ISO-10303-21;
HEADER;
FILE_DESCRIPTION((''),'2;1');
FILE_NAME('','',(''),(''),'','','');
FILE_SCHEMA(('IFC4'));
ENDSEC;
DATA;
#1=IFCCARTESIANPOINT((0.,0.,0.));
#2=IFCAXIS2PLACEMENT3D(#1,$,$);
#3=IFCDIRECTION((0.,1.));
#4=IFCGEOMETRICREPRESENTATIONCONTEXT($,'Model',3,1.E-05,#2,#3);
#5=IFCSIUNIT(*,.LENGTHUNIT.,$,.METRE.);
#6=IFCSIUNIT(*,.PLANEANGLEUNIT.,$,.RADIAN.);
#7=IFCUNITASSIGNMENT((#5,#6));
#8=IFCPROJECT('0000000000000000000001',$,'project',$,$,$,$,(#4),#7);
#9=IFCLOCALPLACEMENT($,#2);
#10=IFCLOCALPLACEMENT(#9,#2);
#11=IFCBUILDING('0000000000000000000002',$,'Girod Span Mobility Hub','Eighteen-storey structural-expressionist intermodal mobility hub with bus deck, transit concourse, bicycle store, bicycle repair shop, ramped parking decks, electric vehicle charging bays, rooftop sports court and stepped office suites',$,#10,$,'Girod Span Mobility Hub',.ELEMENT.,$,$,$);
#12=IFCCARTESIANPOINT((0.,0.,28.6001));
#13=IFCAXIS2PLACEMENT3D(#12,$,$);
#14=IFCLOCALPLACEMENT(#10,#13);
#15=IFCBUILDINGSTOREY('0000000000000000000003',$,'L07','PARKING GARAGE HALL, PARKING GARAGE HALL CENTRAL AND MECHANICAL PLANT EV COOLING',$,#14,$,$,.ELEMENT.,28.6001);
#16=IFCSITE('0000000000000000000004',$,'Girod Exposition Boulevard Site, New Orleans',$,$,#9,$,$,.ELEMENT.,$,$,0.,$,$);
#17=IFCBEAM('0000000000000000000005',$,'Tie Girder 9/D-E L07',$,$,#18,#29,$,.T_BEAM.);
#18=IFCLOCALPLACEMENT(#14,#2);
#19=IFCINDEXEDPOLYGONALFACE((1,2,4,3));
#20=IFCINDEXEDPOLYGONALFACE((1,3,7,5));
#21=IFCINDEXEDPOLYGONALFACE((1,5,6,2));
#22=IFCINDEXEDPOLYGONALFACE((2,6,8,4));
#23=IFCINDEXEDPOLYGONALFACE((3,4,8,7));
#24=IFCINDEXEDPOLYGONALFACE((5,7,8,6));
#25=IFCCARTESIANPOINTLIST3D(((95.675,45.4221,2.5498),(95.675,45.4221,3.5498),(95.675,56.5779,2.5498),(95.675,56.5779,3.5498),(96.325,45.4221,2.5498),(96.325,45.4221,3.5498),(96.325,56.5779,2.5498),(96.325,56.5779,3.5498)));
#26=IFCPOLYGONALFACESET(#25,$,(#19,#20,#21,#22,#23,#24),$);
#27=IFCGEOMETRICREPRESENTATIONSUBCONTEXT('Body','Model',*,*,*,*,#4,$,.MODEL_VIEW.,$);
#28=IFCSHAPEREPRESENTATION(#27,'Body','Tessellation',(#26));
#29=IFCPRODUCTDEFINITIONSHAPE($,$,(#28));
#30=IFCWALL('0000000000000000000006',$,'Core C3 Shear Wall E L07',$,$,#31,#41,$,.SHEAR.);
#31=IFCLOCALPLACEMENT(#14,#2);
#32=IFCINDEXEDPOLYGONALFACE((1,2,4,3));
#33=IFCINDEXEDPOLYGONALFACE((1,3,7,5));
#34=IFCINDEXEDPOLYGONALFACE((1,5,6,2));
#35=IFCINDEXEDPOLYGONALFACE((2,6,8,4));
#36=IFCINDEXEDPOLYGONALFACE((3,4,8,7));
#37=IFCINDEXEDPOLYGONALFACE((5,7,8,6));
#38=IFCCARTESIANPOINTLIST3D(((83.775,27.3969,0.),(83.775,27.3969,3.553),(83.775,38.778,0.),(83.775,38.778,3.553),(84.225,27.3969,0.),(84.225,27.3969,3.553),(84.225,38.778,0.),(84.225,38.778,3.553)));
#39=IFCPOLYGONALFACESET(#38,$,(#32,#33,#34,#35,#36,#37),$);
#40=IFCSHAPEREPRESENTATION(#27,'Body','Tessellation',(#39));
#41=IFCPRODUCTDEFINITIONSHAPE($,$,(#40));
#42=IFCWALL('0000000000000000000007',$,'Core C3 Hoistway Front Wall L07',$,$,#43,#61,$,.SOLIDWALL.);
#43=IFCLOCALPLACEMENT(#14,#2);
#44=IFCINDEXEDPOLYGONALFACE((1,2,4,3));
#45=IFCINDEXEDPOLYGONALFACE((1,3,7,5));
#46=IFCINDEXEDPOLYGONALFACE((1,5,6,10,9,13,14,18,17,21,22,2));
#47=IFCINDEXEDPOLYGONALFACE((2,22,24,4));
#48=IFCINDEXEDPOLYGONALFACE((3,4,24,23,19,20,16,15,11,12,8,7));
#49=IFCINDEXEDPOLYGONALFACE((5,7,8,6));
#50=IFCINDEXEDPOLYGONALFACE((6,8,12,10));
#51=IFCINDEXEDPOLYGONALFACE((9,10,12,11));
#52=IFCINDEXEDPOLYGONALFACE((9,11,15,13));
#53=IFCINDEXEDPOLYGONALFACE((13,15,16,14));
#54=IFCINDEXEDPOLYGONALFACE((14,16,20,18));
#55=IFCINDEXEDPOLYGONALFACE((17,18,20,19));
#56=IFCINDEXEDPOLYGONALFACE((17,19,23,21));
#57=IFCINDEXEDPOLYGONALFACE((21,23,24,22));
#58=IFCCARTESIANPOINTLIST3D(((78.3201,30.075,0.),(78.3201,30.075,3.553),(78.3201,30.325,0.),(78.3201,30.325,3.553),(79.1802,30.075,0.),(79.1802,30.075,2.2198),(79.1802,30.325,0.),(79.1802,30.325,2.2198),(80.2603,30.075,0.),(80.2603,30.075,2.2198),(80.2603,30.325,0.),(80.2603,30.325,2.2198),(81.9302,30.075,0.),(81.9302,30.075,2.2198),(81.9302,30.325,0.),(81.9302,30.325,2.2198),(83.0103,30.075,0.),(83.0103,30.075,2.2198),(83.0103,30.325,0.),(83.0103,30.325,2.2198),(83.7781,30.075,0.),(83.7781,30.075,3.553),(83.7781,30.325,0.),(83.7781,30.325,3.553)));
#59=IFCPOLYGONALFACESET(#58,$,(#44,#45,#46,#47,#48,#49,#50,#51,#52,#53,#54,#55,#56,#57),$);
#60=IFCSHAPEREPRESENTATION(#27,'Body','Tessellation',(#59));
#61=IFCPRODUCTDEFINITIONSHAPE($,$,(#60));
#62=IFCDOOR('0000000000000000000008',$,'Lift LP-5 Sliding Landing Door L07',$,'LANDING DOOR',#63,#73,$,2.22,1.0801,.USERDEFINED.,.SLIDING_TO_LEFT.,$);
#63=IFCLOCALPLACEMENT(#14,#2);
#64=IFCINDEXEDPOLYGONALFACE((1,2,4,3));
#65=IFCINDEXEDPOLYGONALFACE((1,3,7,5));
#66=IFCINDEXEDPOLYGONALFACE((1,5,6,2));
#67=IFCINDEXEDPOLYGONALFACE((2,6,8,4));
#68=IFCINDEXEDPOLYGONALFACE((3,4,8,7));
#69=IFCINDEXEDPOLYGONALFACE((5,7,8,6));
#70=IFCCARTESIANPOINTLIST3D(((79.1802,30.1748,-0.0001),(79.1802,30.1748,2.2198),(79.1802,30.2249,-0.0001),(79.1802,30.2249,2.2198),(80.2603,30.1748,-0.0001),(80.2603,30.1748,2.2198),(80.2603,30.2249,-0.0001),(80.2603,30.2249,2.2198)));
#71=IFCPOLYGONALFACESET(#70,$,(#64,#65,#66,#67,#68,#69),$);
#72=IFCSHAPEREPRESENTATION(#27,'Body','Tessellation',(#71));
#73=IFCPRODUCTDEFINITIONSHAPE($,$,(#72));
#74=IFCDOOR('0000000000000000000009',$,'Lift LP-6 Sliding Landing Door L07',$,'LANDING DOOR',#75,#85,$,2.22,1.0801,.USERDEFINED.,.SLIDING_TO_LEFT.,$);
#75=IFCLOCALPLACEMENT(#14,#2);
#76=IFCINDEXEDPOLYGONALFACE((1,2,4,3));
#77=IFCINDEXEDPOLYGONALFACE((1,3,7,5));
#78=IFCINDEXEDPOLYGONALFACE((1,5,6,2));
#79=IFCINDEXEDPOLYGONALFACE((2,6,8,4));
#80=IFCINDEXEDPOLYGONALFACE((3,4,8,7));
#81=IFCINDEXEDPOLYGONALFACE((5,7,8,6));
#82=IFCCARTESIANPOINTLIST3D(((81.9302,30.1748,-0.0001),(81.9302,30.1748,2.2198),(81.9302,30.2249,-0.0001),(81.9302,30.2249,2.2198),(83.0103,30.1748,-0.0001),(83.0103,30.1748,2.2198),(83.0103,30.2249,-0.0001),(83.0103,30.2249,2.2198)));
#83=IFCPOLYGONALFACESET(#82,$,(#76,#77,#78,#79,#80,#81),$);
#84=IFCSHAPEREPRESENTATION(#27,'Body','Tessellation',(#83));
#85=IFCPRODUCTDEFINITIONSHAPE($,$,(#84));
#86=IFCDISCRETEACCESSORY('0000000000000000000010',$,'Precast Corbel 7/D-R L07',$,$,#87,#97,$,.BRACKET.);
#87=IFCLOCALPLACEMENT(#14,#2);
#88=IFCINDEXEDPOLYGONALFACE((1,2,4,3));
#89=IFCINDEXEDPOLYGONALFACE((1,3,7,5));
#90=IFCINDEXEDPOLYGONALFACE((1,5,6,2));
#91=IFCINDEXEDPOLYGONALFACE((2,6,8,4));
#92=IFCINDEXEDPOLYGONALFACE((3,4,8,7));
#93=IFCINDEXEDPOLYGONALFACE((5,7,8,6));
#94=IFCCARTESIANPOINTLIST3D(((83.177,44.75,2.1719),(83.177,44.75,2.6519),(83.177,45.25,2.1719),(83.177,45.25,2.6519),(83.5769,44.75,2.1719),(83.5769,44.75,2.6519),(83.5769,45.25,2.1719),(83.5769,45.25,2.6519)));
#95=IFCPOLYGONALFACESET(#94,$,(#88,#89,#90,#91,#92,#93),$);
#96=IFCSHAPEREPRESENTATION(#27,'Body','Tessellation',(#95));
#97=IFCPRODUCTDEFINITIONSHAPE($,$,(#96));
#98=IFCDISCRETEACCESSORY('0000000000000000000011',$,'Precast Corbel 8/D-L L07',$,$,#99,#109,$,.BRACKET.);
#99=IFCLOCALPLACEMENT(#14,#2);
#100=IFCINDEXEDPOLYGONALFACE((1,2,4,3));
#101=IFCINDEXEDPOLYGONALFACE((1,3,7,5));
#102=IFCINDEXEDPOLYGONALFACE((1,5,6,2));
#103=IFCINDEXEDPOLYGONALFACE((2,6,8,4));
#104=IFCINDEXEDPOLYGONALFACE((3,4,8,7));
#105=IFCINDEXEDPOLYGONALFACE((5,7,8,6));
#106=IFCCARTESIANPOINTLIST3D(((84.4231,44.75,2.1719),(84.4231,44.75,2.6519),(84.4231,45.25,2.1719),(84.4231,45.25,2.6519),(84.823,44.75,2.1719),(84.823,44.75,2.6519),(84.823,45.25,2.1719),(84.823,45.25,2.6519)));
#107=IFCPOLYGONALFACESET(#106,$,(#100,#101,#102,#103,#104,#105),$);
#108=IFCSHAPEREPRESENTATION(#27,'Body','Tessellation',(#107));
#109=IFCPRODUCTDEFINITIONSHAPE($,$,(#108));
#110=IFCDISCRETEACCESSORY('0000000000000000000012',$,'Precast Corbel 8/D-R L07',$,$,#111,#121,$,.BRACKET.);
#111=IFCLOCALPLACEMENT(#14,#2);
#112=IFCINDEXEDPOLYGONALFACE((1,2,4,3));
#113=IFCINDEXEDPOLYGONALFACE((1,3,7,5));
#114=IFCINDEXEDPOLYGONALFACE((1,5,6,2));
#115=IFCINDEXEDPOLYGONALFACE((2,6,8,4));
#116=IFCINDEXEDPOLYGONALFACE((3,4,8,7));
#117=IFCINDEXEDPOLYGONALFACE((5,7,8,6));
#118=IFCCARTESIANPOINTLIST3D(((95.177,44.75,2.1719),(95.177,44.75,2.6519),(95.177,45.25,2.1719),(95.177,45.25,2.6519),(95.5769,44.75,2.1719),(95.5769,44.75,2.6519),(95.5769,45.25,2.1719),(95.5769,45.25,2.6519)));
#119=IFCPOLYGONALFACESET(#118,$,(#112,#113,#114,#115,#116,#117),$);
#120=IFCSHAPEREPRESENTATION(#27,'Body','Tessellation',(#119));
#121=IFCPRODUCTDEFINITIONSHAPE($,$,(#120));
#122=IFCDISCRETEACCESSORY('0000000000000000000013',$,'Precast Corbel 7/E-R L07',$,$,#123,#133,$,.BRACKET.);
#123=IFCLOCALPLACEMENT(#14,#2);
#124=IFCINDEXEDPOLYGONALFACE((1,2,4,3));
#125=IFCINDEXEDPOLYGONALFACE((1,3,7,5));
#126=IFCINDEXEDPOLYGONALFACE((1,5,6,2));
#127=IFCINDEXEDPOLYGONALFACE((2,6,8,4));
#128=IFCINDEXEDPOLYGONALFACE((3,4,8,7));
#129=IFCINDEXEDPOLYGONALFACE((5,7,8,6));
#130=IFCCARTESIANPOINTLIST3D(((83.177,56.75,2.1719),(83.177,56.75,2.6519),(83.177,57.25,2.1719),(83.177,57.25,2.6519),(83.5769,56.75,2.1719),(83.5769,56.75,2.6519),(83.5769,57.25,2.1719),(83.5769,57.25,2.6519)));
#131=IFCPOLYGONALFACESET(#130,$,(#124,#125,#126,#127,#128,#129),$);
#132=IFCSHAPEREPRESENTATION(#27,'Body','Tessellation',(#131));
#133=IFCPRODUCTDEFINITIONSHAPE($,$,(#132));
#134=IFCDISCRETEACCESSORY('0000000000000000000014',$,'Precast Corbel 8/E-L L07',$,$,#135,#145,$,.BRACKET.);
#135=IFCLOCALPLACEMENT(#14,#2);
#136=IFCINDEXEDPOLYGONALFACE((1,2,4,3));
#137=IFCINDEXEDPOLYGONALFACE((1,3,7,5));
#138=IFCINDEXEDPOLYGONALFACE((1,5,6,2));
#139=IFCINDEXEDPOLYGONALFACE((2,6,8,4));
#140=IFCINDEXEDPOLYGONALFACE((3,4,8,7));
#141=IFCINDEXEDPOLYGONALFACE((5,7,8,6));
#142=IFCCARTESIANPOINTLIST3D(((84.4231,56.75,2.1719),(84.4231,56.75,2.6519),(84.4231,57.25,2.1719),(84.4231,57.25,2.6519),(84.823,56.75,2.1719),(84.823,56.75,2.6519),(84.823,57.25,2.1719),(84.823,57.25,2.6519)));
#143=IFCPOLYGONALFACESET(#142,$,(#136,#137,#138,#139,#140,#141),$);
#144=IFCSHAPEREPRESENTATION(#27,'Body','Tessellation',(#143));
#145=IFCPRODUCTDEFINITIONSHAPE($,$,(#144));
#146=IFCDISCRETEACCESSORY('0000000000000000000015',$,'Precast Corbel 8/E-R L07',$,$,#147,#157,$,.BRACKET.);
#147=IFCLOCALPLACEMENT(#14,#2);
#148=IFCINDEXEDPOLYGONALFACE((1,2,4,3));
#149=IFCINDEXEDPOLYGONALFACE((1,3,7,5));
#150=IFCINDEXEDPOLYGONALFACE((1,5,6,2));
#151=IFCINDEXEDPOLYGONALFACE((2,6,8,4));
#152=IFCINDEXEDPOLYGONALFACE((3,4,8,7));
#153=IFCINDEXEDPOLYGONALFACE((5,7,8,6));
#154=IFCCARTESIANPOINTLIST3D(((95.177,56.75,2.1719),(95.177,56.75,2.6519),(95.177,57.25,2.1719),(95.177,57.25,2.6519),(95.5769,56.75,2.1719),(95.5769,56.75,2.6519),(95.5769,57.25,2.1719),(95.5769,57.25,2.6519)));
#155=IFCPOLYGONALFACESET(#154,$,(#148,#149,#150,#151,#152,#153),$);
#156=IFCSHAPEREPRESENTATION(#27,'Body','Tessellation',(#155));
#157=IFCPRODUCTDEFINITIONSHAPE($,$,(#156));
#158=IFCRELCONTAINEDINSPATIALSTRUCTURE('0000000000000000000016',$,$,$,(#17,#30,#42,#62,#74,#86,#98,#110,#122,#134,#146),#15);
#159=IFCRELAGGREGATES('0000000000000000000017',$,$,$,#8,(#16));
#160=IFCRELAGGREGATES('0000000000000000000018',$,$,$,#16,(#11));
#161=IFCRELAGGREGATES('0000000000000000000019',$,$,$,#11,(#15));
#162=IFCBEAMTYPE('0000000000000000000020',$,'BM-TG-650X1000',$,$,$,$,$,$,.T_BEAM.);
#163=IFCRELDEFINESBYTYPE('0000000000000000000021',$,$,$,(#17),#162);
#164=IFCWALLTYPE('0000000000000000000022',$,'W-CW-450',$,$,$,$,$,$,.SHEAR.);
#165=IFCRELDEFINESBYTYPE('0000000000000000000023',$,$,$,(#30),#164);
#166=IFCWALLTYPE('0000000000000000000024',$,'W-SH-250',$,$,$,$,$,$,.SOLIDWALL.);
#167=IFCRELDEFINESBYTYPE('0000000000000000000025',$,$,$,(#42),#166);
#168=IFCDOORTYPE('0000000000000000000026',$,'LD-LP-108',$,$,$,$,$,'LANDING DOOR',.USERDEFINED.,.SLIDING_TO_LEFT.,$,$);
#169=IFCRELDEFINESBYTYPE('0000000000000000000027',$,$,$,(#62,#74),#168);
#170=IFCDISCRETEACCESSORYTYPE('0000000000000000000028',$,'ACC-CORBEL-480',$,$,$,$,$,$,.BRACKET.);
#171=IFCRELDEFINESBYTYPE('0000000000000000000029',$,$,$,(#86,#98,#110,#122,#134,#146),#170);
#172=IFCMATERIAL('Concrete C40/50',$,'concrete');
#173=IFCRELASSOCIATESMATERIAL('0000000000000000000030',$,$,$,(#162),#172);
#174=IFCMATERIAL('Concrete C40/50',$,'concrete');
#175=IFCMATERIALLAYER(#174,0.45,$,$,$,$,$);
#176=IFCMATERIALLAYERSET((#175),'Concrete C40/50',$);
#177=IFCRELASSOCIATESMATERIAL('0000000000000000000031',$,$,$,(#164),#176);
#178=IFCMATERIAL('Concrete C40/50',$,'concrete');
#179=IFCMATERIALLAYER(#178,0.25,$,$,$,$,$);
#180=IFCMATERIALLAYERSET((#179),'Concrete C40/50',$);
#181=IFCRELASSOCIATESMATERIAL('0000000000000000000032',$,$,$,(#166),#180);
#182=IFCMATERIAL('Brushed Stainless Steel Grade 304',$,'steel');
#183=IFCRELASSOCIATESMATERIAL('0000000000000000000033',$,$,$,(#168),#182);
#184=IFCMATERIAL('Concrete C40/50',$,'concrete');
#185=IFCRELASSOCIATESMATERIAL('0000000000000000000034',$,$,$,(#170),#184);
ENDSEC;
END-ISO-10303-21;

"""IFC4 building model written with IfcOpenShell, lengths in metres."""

from ifc_helpers import new_model, si_unit, direction, frame, frame_2d, origin, origin_2d, place, context, subcontext, project, spatial, rectangle, extrude, material, layer, layer_set, material_profile, profile_set, type_object, element, fill, save


model = new_model("IFC4")

# Units and contexts
model_context = context("Model", 3, precision=1e-05, world=origin(), true_north=direction((0.0, 1.0)))
body_context = subcontext(model_context, "Body", "Model", "MODEL_VIEW")
ifc_project = project(units=[si_unit("LENGTHUNIT", "METRE"), si_unit("PLANEANGLEUNIT", "RADIAN")], contexts=[model_context])

# Site, building, storey
site_placement = place(None, origin())
site = spatial("IfcSite", under=ifc_project, at=site_placement, Name="Girod Exposition Boulevard Site, New Orleans", CompositionType="ELEMENT", RefElevation=0.0)
building_placement = place(site_placement, origin())
building = spatial("IfcBuilding", under=site, at=building_placement, Name="Girod Span Mobility Hub", Description="Eighteen-storey structural-expressionist intermodal mobility hub with bus deck, transit concourse, bicycle store, bicycle repair shop, ramped parking decks, electric vehicle charging bays, rooftop sports court and stepped office suites", LongName="Girod Span Mobility Hub", CompositionType="ELEMENT")
storey_placement = place(building_placement, frame((0.0, 0.0, 28.6001)))
storey = spatial("IfcBuildingStorey", under=building, at=storey_placement, Name="L07", Description="PARKING GARAGE HALL, PARKING GARAGE HALL CENTRAL AND MECHANICAL PLANT EV COOLING", CompositionType="ELEMENT", Elevation=28.6001)

# Beam
ifc_material_1 = material(Name="Concrete C40/50", Category="concrete")
ifc_material_profile_1 = material_profile(ifc_material_1, rectangle(XDim=0.6499, YDim=1.0, at=origin_2d()), Name="TG-650X1000")
ifc_profile_set_1 = profile_set([ifc_material_profile_1], Name="Concrete C40/50")
beam_type_1 = type_object("IfcBeamType", Name="BM-TG-650X1000", PredefinedType="T_BEAM", material=ifc_profile_set_1)
beam_1_placement = place(storey_placement, frame((96.0, 45.4221, 3.0498), z_axis=(0.0, 1.0, 0.0), x_axis=(-1.0, 0.0, 0.0)))
element("IfcBeam", 1, at=beam_1_placement, inside=storey, type_object=beam_type_1, Name="Tie Girder 9/D-E L07", PredefinedType="T_BEAM", context=body_context, shape_type="SweptSolid", body=[
    extrude(rectangle(XDim=0.6499, YDim=1.0, at=origin_2d()), origin(), (0.0, 0.0, 1.0), 11.1558),
])

# Wall
ifc_material_2 = material(Name="Concrete C40/50", Category="concrete")
ifc_layer_1 = layer(ifc_material_2, 0.45)
ifc_layer_set_1 = layer_set([ifc_layer_1], Name="Concrete C40/50")
wall_type_1 = type_object("IfcWallType", Name="W-CW-450", PredefinedType="SHEAR", material=ifc_layer_set_1)
wall_1_placement = place(storey_placement, frame((84.0, 27.397, 0.0), z_axis=(0.0, 0.0, 1.0), x_axis=(0.0, 1.0, 0.0)))
element("IfcWall", 2, at=wall_1_placement, inside=storey, type_object=wall_type_1, Name="Core C3 Shear Wall E L07", PredefinedType="SHEAR", context=body_context, shape_type="SweptSolid", body=[
    extrude(rectangle(XDim=11.3811, YDim=0.45, at=frame_2d((5.6904, 0.0))), origin(), (0.0, 0.0, 1.0), 3.553),
])

# Wall, openings, doors
ifc_material_3 = material(Name="Concrete C40/50", Category="concrete")
ifc_layer_2 = layer(ifc_material_3, 0.25)
ifc_layer_set_2 = layer_set([ifc_layer_2], Name="Concrete C40/50")
wall_type_2 = type_object("IfcWallType", Name="W-SH-250", PredefinedType="SOLIDWALL", material=ifc_layer_set_2)
wall_2_placement = place(storey_placement, frame((78.3201, 30.2, 0.0), z_axis=(0.0, 0.0, 1.0), x_axis=(1.0, 0.0, 0.0)))
wall_2 = element("IfcWall", 3, at=wall_2_placement, inside=storey, type_object=wall_type_2, Name="Core C3 Hoistway Front Wall L07", PredefinedType="SOLIDWALL", context=body_context, shape_type="SweptSolid", body=[
    extrude(rectangle(XDim=5.458, YDim=0.25, at=frame_2d((2.729, 0.0))), origin(), (0.0, 0.0, 1.0), 3.553),
])
opening_1_placement = place(wall_2_placement, frame((0.8601, 0.0, 0.0)))
opening_1 = element("IfcOpeningElement", 4, at=opening_1_placement, cuts=wall_2, PredefinedType="OPENING", context=body_context, shape_type="SweptSolid", body=[
    extrude(rectangle(XDim=1.0801, YDim=2.22, at=frame_2d((0.54, 1.1099))), frame((0.0, 0.1399, 0.0), z_axis=(0.0, -1.0, 0.0), x_axis=(1.0, 0.0, 0.0)), (0.0, 0.0, 1.0), 0.28),
])
opening_2_placement = place(wall_2_placement, frame((3.6101, 0.0, 0.0)))
opening_2 = element("IfcOpeningElement", 5, at=opening_2_placement, cuts=wall_2, PredefinedType="OPENING", context=body_context, shape_type="SweptSolid", body=[
    extrude(rectangle(XDim=1.0801, YDim=2.22, at=frame_2d((0.54, 1.1099))), frame((0.0, 0.1399, 0.0), z_axis=(0.0, -1.0, 0.0), x_axis=(1.0, 0.0, 0.0)), (0.0, 0.0, 1.0), 0.28),
])
ifc_material_4 = material(Name="Brushed Stainless Steel Grade 304", Category="steel")
door_type = type_object("IfcDoorType", Name="LD-LP-108", ElementType="LANDING DOOR", OperationType="SLIDING_TO_LEFT", PredefinedType="USERDEFINED", material=ifc_material_4)
door_1_placement = place(opening_1_placement, origin())
door_1 = element("IfcDoor", 6, at=door_1_placement, inside=storey, type_object=door_type, Name="Lift LP-5 Sliding Landing Door L07", ObjectType="LANDING DOOR", OperationType="SLIDING_TO_LEFT", OverallHeight=2.22, OverallWidth=1.0801, PredefinedType="USERDEFINED", context=body_context, shape_type="SweptSolid", body=[
    extrude(rectangle(XDim=1.0801, YDim=2.22, at=frame_2d((0.54, 1.1099))), frame((0.0, 0.0249, 0.0), z_axis=(0.0, -1.0, 0.0), x_axis=(1.0, 0.0, 0.0)), (0.0, 0.0, 1.0), 0.05),
])
fill(opening_1, door_1)
door_2_placement = place(opening_2_placement, origin())
door_2 = element("IfcDoor", 7, at=door_2_placement, inside=storey, type_object=door_type, Name="Lift LP-6 Sliding Landing Door L07", ObjectType="LANDING DOOR", OperationType="SLIDING_TO_LEFT", OverallHeight=2.22, OverallWidth=1.0801, PredefinedType="USERDEFINED", context=body_context, shape_type="SweptSolid", body=[
    extrude(rectangle(XDim=1.0801, YDim=2.22, at=frame_2d((0.54, 1.1099))), frame((0.0, 0.0249, 0.0), z_axis=(0.0, -1.0, 0.0), x_axis=(1.0, 0.0, 0.0)), (0.0, 0.0, 1.0), 0.05),
])
fill(opening_2, door_2)

# Discrete accessories
ifc_material_5 = material(Name="Concrete C40/50", Category="concrete")
discrete_accessory_type = type_object("IfcDiscreteAccessoryType", Name="ACC-CORBEL-480", PredefinedType="BRACKET", material=ifc_material_5)
for number, where, z_axis, x_axis, name in (
    (8, (83.377, 45.0, 2.1719), (0.0, 0.0, 1.0), (1.0, 0.0, 0.0), "Precast Corbel 7/D-R L07"),
    (9, (84.623, 45.0, 2.1719), (0.0, 0.0, 1.0), (1.0, 0.0, 0.0), "Precast Corbel 8/D-L L07"),
    (10, (95.377, 45.0, 2.1719), (0.0, 0.0, 1.0), (1.0, 0.0, 0.0), "Precast Corbel 8/D-R L07"),
    (11, (83.377, 57.0, 2.1719), (0.0, 0.0, 1.0), (1.0, 0.0, 0.0), "Precast Corbel 7/E-R L07"),
    (12, (84.623, 57.0, 2.1719), (0.0, 0.0, 1.0), (1.0, 0.0, 0.0), "Precast Corbel 8/E-L L07"),
    (13, (95.377, 57.0, 2.1719), (0.0, 0.0, 1.0), (1.0, 0.0, 0.0), "Precast Corbel 8/E-R L07"),
):
    element("IfcDiscreteAccessory", number, at=place(storey_placement, frame(where, z_axis=z_axis, x_axis=x_axis)), inside=storey, type_object=discrete_accessory_type, Name=name, PredefinedType="BRACKET", context=body_context, shape_type="SweptSolid", body=[
        extrude(rectangle(XDim=0.3999, YDim=0.5, at=origin_2d()), origin(), (0.0, 0.0, 1.0), 0.48),
    ])

save(model, "model.ifc")
